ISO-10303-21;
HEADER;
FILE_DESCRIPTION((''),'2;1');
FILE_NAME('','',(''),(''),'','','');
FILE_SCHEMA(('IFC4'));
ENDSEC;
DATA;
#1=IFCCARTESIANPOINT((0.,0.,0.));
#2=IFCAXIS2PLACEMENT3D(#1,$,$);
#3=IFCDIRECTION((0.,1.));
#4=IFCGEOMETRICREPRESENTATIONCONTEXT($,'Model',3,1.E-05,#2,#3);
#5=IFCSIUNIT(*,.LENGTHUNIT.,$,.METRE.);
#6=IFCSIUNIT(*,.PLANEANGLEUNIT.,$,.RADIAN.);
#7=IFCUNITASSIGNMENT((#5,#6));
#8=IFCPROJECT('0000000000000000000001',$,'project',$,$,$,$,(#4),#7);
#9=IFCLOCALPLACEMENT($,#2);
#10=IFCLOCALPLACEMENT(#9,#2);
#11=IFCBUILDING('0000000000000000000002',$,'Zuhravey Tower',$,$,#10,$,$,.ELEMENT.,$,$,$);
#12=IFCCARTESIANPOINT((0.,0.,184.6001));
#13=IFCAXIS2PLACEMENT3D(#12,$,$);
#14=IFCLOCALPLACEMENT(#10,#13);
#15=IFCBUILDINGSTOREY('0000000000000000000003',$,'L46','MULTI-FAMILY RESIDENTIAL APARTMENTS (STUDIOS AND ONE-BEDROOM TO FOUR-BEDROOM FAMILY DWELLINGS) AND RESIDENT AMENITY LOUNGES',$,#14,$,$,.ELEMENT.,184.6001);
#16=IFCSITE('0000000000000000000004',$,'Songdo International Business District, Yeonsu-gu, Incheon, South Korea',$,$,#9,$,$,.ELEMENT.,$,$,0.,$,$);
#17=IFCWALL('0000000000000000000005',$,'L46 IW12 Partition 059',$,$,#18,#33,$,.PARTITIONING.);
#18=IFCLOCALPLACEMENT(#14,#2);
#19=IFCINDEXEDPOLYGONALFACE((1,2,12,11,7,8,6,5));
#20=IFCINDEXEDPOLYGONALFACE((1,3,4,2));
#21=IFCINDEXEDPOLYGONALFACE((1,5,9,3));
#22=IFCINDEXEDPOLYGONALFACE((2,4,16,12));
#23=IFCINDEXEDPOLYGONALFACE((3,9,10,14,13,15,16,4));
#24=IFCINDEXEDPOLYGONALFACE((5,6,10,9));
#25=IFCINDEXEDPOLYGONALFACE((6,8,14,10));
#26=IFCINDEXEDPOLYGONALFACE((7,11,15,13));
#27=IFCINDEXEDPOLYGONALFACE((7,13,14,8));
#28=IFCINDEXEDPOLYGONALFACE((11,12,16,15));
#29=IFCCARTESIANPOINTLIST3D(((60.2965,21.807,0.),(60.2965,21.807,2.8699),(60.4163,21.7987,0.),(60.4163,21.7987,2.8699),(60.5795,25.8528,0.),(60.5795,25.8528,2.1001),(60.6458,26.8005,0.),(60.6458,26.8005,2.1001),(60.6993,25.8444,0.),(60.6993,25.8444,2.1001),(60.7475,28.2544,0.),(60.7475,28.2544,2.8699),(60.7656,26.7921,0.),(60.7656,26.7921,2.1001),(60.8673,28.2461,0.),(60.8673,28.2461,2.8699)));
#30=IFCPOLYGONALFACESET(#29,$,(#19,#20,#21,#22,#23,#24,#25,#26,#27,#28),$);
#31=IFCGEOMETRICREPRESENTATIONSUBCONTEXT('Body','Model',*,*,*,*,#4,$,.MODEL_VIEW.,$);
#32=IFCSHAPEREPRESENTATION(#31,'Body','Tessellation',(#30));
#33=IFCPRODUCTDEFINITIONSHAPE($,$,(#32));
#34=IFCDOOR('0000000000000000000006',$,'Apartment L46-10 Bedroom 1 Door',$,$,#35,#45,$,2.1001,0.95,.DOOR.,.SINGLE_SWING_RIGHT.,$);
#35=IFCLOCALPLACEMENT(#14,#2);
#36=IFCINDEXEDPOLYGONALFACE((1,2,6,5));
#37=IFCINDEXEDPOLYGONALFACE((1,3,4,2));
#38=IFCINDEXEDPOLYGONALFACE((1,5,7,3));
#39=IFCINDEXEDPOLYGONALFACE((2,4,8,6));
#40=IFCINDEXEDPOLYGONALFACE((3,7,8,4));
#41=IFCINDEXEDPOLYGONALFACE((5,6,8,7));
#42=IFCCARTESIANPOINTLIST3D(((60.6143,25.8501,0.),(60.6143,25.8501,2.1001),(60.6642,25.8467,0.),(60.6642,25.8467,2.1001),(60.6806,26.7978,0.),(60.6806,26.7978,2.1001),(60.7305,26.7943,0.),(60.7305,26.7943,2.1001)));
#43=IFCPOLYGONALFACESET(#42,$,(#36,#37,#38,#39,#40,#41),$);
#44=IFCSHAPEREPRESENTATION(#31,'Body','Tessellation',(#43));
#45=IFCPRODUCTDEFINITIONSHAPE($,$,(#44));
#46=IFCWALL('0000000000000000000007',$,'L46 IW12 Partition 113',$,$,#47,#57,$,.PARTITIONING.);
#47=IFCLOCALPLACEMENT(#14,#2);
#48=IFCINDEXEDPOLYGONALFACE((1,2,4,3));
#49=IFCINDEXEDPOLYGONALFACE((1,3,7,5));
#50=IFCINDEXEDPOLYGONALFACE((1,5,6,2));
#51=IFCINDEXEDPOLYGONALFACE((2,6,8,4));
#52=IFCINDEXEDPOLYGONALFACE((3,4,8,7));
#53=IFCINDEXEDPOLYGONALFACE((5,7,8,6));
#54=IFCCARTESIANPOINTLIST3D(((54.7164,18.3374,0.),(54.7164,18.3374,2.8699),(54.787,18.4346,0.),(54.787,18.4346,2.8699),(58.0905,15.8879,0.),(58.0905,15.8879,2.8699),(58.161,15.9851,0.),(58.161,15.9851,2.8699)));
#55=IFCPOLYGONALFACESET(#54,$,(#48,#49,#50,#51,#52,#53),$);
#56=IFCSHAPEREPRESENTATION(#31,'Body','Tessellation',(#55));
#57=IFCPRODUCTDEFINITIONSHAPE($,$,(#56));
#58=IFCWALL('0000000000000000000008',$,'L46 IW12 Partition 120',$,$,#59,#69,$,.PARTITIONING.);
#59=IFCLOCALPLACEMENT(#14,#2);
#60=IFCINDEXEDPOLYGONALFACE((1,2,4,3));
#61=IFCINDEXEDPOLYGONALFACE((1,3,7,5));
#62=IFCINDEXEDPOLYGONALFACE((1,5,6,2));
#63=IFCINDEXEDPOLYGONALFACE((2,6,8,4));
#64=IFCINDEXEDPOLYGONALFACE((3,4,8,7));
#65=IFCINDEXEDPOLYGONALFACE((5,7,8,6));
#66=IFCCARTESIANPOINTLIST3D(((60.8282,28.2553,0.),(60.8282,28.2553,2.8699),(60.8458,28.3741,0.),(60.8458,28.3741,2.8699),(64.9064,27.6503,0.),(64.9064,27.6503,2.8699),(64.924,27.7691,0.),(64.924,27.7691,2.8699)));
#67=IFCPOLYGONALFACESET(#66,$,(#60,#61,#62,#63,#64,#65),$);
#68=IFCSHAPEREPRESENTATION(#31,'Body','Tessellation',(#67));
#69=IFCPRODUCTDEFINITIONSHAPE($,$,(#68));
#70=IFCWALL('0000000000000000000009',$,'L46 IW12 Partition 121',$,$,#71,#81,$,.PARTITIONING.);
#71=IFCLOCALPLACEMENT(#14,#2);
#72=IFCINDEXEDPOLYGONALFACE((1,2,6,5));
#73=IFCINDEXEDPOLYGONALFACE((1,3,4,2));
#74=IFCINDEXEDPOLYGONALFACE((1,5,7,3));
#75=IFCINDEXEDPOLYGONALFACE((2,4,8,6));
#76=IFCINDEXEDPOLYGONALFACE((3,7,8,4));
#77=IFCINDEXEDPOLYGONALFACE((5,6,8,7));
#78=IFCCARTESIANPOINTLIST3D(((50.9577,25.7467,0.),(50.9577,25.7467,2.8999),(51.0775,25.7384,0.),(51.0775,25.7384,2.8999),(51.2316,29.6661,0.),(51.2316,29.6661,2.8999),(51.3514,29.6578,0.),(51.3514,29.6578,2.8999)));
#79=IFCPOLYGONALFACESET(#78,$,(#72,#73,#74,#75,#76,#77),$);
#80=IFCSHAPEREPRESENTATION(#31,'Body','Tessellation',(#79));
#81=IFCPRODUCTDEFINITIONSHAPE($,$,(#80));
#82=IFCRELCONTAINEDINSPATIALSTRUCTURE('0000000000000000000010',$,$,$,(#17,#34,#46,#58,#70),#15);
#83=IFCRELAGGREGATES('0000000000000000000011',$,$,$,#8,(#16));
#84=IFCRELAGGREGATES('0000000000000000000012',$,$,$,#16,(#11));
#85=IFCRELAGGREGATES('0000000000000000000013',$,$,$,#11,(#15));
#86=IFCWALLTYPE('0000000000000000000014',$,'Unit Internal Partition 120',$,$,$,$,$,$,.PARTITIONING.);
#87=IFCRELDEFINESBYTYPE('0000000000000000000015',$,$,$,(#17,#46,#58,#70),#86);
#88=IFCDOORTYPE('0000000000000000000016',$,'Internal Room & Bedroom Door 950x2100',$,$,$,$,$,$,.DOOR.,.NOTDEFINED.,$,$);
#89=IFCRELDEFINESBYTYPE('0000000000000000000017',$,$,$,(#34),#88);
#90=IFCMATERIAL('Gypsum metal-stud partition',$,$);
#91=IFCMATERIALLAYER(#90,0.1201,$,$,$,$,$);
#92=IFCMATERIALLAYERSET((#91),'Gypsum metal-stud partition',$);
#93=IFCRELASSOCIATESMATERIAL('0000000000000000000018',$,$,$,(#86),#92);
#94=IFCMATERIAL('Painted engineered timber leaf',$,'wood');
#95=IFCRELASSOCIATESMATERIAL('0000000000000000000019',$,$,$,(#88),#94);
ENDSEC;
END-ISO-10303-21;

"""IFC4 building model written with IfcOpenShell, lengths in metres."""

from ifc_helpers import new_model, si_unit, direction, frame, frame_2d, origin, place, context, subcontext, project, spatial, rectangle, extrude, material, layer, layer_set, type_object, element, fill, save


model = new_model("IFC4")

# Units and contexts
model_context = context("Model", 3, precision=1e-05, world=origin(), true_north=direction((0.0, 1.0)))
body_context = subcontext(model_context, "Body", "Model", "MODEL_VIEW")
ifc_project = project(units=[si_unit("LENGTHUNIT", "METRE"), si_unit("PLANEANGLEUNIT", "RADIAN")], contexts=[model_context])

# Site, building, storey
site_placement = place(None, origin())
site = spatial("IfcSite", under=ifc_project, at=site_placement, Name="Songdo International Business District, Yeonsu-gu, Incheon, South Korea", CompositionType="ELEMENT", RefElevation=0.0)
building_placement = place(site_placement, origin())
building = spatial("IfcBuilding", under=site, at=building_placement, Name="Zuhravey Tower", CompositionType="ELEMENT")
storey_placement = place(building_placement, frame((0.0, 0.0, 184.6001)))
storey = spatial("IfcBuildingStorey", under=building, at=storey_placement, Name="L46", Description="MULTI-FAMILY RESIDENTIAL APARTMENTS (STUDIOS AND ONE-BEDROOM TO FOUR-BEDROOM FAMILY DWELLINGS) AND RESIDENT AMENITY LOUNGES", CompositionType="ELEMENT", Elevation=184.6001)

# Shared definitions
ifc_material_1 = material(Name="Gypsum metal-stud partition")
ifc_layer_1 = layer(ifc_material_1, 0.1201)
ifc_layer_set_1 = layer_set([ifc_layer_1], Name="Gypsum metal-stud partition")
wall_type_1 = type_object("IfcWallType", Name="Unit Internal Partition 120", PredefinedType="PARTITIONING", material=ifc_layer_set_1)
ifc_material_2 = material(Name="Painted engineered timber leaf", Category="wood")
door_type = type_object("IfcDoorType", Name="Internal Room & Bedroom Door 950x2100", OperationType="NOTDEFINED", PredefinedType="DOOR", material=ifc_material_2)

# Wall, opening, door
wall_1_placement = place(storey_placement, frame((60.3564, 21.803, 0.0), z_axis=(0.0, 0.0, 1.0), x_axis=(0.06977, 0.997563, 0.0)))
wall_1 = element("IfcWall", 1, at=wall_1_placement, inside=storey, type_object=wall_type_1, Name="L46 IW12 Partition 059", PredefinedType="PARTITIONING", context=body_context, shape_type="SweptSolid", body=[
    extrude(rectangle(XDim=6.4631, YDim=0.1201, at=frame_2d((3.2314, 0.0))), origin(), (0.0, 0.0, 1.0), 2.8699),
])
opening_1_placement = place(wall_1_placement, frame((4.0554, 0.0, 0.0)))
opening_1 = element("IfcOpeningElement", 2, at=opening_1_placement, cuts=wall_1, PredefinedType="OPENING", context=body_context, shape_type="SweptSolid", body=[
    extrude(rectangle(XDim=0.95, YDim=2.1001, at=frame_2d((0.4751, 1.05))), frame((0.0, 0.072, 0.0), z_axis=(0.0, -1.0, 0.0), x_axis=(1.0, 0.0, 0.0)), (0.0, 0.0, 1.0), 0.144),
])
door_1_placement = place(opening_1_placement, frame((0.95, 0.0, 0.0), z_axis=(0.0, 0.0, 1.0), x_axis=(-1.0, 0.0, 0.0)))
door_1 = element("IfcDoor", 3, at=door_1_placement, inside=storey, type_object=door_type, Name="Apartment L46-10 Bedroom 1 Door", OperationType="SINGLE_SWING_RIGHT", OverallHeight=2.1001, OverallWidth=0.95, PredefinedType="DOOR", context=body_context, shape_type="SweptSolid", body=[
    extrude(rectangle(XDim=0.95, YDim=2.1001, at=frame_2d((0.4751, 1.05))), frame((0.0, 0.0249, 0.0), z_axis=(0.0, -1.0, 0.0), x_axis=(1.0, 0.0, 0.0)), (0.0, 0.0, 1.0), 0.05),
])
fill(opening_1, door_1)

# Walls
wall_2_placement = place(storey_placement, frame((54.7517, 18.386, 0.0), z_axis=(0.0, 0.0, 1.0), x_axis=(0.809235, -0.587486, 0.0)))
element("IfcWall", 4, at=wall_2_placement, inside=storey, type_object=wall_type_1, Name="L46 IW12 Partition 113", PredefinedType="PARTITIONING", context=body_context, shape_type="SweptSolid", body=[
    extrude(rectangle(XDim=4.1694, YDim=0.1201, at=frame_2d((2.0847, 0.0))), origin(), (0.0, 0.0, 1.0), 2.8699),
])
wall_3_placement = place(storey_placement, frame((60.8369, 28.3147, 0.0), z_axis=(0.0, 0.0, 1.0), x_axis=(0.989175, -0.146742, 0.0)))
element("IfcWall", 5, at=wall_3_placement, inside=storey, type_object=wall_type_1, Name="L46 IW12 Partition 120", PredefinedType="PARTITIONING", context=body_context, shape_type="SweptSolid", body=[
    extrude(rectangle(XDim=4.1228, YDim=0.1201, at=frame_2d((2.0615, 0.0))), origin(), (0.0, 0.0, 1.0), 2.8699),
])
wall_4_placement = place(storey_placement, frame((51.0176, 25.7427, 0.0), z_axis=(0.0, 0.0, 1.0), x_axis=(0.069719, 0.997567, 0.0)))
element("IfcWall", 6, at=wall_4_placement, inside=storey, type_object=wall_type_1, Name="L46 IW12 Partition 121", PredefinedType="PARTITIONING", context=body_context, shape_type="SweptSolid", body=[
    extrude(rectangle(XDim=3.929, YDim=0.1201, at=frame_2d((1.9644, 0.0))), origin(), (0.0, 0.0, 1.0), 2.8999),
])

save(model, "model.ifc")
